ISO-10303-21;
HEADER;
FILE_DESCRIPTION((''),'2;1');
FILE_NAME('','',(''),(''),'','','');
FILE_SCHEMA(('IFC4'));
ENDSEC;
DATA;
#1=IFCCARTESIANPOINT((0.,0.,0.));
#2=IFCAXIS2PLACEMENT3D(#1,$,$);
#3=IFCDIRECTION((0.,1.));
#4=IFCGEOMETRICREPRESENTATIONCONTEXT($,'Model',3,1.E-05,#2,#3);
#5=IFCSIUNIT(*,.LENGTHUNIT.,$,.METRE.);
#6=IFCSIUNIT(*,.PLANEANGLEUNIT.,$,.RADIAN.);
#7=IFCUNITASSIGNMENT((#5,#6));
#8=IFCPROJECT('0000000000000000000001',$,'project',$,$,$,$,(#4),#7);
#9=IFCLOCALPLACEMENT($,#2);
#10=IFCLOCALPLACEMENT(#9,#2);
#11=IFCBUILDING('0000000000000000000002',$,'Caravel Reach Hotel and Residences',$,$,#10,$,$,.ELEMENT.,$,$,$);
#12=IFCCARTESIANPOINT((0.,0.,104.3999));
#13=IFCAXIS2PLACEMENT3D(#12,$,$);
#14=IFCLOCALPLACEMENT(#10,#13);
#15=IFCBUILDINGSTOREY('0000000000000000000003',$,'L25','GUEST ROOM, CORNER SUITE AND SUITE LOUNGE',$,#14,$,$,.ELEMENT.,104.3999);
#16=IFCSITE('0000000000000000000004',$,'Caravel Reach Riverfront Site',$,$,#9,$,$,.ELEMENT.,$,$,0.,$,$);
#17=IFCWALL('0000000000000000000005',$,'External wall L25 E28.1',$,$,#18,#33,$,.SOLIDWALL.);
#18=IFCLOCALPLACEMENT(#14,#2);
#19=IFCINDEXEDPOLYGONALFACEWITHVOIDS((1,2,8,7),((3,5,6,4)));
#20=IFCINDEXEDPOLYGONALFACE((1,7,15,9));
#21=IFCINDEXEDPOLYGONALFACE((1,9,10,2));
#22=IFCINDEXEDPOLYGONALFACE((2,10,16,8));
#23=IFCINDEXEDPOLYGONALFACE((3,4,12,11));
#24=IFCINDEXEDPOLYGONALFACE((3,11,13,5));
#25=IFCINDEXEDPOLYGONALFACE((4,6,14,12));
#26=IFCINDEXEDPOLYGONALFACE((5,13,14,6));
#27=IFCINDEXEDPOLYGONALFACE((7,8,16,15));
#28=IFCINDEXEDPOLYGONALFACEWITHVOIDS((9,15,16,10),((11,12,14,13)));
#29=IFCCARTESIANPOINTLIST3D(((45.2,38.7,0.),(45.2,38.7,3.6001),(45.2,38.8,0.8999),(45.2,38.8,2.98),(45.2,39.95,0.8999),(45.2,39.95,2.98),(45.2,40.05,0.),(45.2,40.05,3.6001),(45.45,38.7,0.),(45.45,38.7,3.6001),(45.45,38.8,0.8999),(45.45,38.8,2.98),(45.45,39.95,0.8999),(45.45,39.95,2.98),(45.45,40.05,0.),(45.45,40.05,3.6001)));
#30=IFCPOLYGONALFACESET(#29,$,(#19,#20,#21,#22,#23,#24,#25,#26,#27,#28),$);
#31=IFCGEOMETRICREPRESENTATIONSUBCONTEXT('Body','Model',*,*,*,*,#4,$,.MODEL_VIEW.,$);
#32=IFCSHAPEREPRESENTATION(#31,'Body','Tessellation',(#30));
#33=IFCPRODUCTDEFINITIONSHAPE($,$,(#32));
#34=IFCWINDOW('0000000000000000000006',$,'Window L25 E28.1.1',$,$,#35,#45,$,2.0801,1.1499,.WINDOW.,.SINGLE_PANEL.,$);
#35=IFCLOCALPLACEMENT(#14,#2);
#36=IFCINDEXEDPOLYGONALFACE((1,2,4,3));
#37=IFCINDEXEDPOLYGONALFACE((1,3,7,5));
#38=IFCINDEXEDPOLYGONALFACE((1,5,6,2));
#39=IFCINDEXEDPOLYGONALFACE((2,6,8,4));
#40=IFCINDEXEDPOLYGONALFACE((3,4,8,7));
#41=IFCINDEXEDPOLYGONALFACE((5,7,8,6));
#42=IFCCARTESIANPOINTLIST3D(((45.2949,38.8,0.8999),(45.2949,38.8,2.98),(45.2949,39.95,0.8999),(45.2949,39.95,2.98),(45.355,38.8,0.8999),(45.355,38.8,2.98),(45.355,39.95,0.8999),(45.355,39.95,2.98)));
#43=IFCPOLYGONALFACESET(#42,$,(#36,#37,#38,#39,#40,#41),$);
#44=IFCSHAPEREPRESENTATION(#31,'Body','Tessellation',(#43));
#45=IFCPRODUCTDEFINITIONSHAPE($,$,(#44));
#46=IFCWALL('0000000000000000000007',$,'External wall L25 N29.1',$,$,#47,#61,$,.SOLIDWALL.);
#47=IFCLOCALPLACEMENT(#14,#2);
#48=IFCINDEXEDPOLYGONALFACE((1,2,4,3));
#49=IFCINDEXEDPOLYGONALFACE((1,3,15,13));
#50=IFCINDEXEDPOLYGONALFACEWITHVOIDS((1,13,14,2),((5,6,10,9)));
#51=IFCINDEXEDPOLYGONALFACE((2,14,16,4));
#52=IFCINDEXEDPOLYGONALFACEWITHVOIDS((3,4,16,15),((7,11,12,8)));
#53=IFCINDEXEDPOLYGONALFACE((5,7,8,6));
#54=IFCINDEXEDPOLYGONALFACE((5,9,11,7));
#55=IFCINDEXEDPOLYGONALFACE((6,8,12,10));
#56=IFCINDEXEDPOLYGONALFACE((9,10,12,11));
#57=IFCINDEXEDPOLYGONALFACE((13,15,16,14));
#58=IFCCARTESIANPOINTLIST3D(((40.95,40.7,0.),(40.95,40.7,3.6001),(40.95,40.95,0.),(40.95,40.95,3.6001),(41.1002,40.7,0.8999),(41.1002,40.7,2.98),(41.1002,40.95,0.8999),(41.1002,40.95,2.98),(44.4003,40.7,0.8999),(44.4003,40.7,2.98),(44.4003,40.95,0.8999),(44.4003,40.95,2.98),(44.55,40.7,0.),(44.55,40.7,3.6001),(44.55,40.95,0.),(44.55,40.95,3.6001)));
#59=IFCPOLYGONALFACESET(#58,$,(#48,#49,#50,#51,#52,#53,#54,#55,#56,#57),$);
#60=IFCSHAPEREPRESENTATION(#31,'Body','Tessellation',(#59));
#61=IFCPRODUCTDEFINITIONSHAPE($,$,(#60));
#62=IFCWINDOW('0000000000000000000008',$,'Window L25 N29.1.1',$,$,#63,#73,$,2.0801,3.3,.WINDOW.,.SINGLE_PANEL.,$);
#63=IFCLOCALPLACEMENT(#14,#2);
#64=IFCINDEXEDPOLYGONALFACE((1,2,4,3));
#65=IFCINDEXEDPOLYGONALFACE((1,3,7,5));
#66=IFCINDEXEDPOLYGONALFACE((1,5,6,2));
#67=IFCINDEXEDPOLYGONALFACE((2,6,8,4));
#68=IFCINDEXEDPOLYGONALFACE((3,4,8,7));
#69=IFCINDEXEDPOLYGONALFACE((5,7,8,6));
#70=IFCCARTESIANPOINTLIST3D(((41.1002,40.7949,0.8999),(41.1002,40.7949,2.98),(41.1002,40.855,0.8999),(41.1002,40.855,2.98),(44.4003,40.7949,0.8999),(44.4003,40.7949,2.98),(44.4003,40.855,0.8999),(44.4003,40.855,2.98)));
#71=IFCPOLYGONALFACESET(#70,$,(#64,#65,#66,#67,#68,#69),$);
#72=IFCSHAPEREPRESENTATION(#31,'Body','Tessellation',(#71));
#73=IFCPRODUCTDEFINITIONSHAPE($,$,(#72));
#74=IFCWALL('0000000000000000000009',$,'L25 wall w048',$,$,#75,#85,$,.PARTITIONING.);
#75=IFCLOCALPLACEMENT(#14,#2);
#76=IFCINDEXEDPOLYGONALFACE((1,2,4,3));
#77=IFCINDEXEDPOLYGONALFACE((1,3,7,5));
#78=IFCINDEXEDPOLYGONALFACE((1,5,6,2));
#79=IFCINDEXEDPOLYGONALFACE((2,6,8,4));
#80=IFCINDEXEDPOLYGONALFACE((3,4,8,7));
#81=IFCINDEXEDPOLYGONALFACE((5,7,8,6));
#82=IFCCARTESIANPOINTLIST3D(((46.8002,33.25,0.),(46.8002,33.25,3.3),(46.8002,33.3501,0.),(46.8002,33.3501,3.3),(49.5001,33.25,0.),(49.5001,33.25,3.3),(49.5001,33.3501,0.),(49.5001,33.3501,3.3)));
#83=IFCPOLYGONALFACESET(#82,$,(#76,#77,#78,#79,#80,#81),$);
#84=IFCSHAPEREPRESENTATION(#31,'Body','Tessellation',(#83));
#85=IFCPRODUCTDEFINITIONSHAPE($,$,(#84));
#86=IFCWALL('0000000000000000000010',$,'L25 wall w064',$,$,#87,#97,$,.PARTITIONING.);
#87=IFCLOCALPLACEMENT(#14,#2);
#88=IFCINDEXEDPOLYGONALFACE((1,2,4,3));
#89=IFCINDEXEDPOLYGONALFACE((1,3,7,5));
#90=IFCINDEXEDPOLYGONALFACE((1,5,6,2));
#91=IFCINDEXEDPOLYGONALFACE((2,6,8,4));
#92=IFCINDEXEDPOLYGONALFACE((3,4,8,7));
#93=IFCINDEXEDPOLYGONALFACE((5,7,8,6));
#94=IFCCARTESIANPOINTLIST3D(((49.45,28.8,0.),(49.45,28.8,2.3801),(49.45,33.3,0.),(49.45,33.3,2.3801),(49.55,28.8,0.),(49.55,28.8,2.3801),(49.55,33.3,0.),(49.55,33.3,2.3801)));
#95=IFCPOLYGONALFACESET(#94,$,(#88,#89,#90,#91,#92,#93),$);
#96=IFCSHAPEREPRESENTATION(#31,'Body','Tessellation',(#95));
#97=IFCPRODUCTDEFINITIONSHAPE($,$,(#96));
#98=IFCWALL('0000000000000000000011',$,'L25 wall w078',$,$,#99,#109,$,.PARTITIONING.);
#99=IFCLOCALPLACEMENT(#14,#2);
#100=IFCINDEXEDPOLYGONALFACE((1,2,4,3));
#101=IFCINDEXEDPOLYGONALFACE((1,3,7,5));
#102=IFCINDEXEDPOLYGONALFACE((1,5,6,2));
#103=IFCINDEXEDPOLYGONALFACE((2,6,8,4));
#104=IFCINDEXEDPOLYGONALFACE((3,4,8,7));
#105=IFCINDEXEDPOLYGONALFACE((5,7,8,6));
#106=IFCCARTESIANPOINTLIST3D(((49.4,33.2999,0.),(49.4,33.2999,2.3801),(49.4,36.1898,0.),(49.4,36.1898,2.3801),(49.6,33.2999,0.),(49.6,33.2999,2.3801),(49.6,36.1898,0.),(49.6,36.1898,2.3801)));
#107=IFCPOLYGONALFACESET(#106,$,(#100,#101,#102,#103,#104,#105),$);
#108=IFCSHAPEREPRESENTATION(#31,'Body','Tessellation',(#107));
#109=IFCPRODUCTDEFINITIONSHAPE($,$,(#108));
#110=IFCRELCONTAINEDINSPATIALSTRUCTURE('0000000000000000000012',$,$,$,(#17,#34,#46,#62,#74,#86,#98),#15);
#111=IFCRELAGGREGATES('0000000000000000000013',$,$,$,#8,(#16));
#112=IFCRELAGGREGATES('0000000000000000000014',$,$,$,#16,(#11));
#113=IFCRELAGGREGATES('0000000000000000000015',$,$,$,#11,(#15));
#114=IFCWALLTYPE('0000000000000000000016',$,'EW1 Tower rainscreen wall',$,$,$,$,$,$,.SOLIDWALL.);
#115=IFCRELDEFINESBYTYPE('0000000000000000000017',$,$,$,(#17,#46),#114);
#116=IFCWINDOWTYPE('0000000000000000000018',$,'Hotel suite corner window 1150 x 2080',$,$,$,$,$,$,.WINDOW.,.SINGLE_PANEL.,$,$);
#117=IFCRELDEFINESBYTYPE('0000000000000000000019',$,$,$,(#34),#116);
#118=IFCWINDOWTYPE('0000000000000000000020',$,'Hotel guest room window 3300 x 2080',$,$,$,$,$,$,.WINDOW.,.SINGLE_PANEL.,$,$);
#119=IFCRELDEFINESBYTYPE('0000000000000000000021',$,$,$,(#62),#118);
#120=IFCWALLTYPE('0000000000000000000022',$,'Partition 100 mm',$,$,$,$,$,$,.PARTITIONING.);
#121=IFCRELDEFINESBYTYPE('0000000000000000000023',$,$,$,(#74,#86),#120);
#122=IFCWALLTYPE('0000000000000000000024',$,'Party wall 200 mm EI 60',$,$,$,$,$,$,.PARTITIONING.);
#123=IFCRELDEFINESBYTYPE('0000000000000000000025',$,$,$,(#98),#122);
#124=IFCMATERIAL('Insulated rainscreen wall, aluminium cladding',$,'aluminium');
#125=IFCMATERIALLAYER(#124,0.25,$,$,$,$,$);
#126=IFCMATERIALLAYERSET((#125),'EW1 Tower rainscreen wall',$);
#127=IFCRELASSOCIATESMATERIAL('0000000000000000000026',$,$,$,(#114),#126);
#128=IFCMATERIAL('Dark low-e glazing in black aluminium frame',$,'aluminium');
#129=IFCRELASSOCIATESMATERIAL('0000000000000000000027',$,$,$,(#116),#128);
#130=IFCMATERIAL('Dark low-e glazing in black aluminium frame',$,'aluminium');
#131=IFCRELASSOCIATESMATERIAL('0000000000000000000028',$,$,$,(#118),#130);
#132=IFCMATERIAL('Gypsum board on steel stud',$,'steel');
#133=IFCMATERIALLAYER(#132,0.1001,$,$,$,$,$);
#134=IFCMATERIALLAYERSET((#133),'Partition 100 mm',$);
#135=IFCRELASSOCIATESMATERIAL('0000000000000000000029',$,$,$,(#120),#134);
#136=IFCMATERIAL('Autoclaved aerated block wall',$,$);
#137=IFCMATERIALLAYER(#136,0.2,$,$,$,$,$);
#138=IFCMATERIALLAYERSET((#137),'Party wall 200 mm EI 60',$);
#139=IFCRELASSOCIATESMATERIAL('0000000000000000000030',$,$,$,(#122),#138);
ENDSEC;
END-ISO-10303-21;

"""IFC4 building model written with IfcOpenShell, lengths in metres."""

from ifc_helpers import new_model, si_unit, direction, frame, frame_2d, origin, place, context, subcontext, project, spatial, rectangle, extrude, material, layer, layer_set, type_object, element, fill, save


model = new_model("IFC4")

# Units and contexts
model_context = context("Model", 3, precision=1e-05, world=origin(), true_north=direction((0.0, 1.0)))
body_context = subcontext(model_context, "Body", "Model", "MODEL_VIEW")
ifc_project = project(units=[si_unit("LENGTHUNIT", "METRE"), si_unit("PLANEANGLEUNIT", "RADIAN")], contexts=[model_context])

# Site, building, storey
site_placement = place(None, origin())
site = spatial("IfcSite", under=ifc_project, at=site_placement, Name="Caravel Reach Riverfront Site", CompositionType="ELEMENT", RefElevation=0.0)
building_placement = place(site_placement, origin())
building = spatial("IfcBuilding", under=site, at=building_placement, Name="Caravel Reach Hotel and Residences", CompositionType="ELEMENT")
storey_placement = place(building_placement, frame((0.0, 0.0, 104.3999)))
storey = spatial("IfcBuildingStorey", under=building, at=storey_placement, Name="L25", Description="GUEST ROOM, CORNER SUITE AND SUITE LOUNGE", CompositionType="ELEMENT", Elevation=104.3999)

# Walls, openings, windows
ifc_material_1 = material(Name="Insulated rainscreen wall, aluminium cladding", Category="aluminium")
ifc_layer_1 = layer(ifc_material_1, 0.25)
ifc_layer_set_1 = layer_set([ifc_layer_1], Name="EW1 Tower rainscreen wall")
wall_type_1 = type_object("IfcWallType", Name="EW1 Tower rainscreen wall", PredefinedType="SOLIDWALL", material=ifc_layer_set_1)
ifc_material_2 = material(Name="Dark low-e glazing in black aluminium frame", Category="aluminium")
window_type_1 = type_object("IfcWindowType", Name="Hotel suite corner window 1150 x 2080", PartitioningType="SINGLE_PANEL", PredefinedType="WINDOW", material=ifc_material_2)
wall_1_placement = place(storey_placement, frame((45.325, 38.7, 0.0), z_axis=(0.0, 0.0, 1.0), x_axis=(0.0, 1.0, 0.0)))
wall_1 = element("IfcWall", 1, at=wall_1_placement, inside=storey, type_object=wall_type_1, Name="External wall L25 E28.1", PredefinedType="SOLIDWALL", context=body_context, shape_type="SweptSolid", body=[
    extrude(rectangle(XDim=1.3501, YDim=0.25, at=frame_2d((0.675, 0.0))), origin(), (0.0, 0.0, 1.0), 3.6001),
])
opening_1_placement = place(wall_1_placement, frame((0.1001, 0.0, 0.8999)))
opening_1 = element("IfcOpeningElement", 2, at=opening_1_placement, cuts=wall_1, PredefinedType="OPENING", context=body_context, shape_type="SweptSolid", body=[
    extrude(rectangle(XDim=1.1499, YDim=2.0801, at=frame_2d((0.575, 1.04))), frame((0.0, 0.135, 0.0), z_axis=(0.0, -1.0, 0.0), x_axis=(1.0, 0.0, 0.0)), (0.0, 0.0, 1.0), 0.27),
])
window_1_placement = place(opening_1_placement, origin())
window_1 = element("IfcWindow", 3, at=window_1_placement, inside=storey, type_object=window_type_1, Name="Window L25 E28.1.1", OverallHeight=2.0801, OverallWidth=1.1499, PartitioningType="SINGLE_PANEL", PredefinedType="WINDOW", context=body_context, shape_type="SweptSolid", body=[
    extrude(rectangle(XDim=1.1499, YDim=2.0801, at=frame_2d((0.575, 1.04))), frame((0.0, 0.03, 0.0), z_axis=(0.0, -1.0, 0.0), x_axis=(1.0, 0.0, 0.0)), (0.0, 0.0, 1.0), 0.0601),
])
fill(opening_1, window_1)
wall_2_placement = place(storey_placement, frame((44.55, 40.825, 0.0), z_axis=(0.0, 0.0, 1.0), x_axis=(-1.0, 0.0, 0.0)))
wall_2 = element("IfcWall", 4, at=wall_2_placement, inside=storey, type_object=wall_type_1, Name="External wall L25 N29.1", PredefinedType="SOLIDWALL", context=body_context, shape_type="SweptSolid", body=[
    extrude(rectangle(XDim=3.6001, YDim=0.25, at=frame_2d((1.8, 0.0))), origin(), (0.0, 0.0, 1.0), 3.6001),
])
opening_2_placement = place(wall_2_placement, frame((0.1499, 0.0, 0.8999)))
opening_2 = element("IfcOpeningElement", 5, at=opening_2_placement, cuts=wall_2, PredefinedType="OPENING", context=body_context, shape_type="SweptSolid", body=[
    extrude(rectangle(XDim=3.3, YDim=2.0801, at=frame_2d((1.6499, 1.04))), frame((0.0, 0.135, 0.0), z_axis=(0.0, -1.0, 0.0), x_axis=(1.0, 0.0, 0.0)), (0.0, 0.0, 1.0), 0.27),
])
ifc_material_3 = material(Name="Dark low-e glazing in black aluminium frame", Category="aluminium")
window_type_2 = type_object("IfcWindowType", Name="Hotel guest room window 3300 x 2080", PartitioningType="SINGLE_PANEL", PredefinedType="WINDOW", material=ifc_material_3)
window_2_placement = place(opening_2_placement, origin())
window_2 = element("IfcWindow", 6, at=window_2_placement, inside=storey, type_object=window_type_2, Name="Window L25 N29.1.1", OverallHeight=2.0801, OverallWidth=3.3, PartitioningType="SINGLE_PANEL", PredefinedType="WINDOW", context=body_context, shape_type="SweptSolid", body=[
    extrude(rectangle(XDim=3.3, YDim=2.0801, at=frame_2d((1.6499, 1.04))), frame((0.0, 0.03, 0.0), z_axis=(0.0, -1.0, 0.0), x_axis=(1.0, 0.0, 0.0)), (0.0, 0.0, 1.0), 0.0601),
])
fill(opening_2, window_2)

# Walls
ifc_material_4 = material(Name="Gypsum board on steel stud", Category="steel")
ifc_layer_2 = layer(ifc_material_4, 0.1001)
ifc_layer_set_2 = layer_set([ifc_layer_2], Name="Partition 100 mm")
wall_type_2 = type_object("IfcWallType", Name="Partition 100 mm", PredefinedType="PARTITIONING", material=ifc_layer_set_2)
wall_3_placement = place(storey_placement, frame((46.8, 33.3, 0.0), z_axis=(0.0, 0.0, 1.0), x_axis=(1.0, 0.0, 0.0)))
element("IfcWall", 7, at=wall_3_placement, inside=storey, type_object=wall_type_2, Name="L25 wall w048", PredefinedType="PARTITIONING", context=body_context, shape_type="SweptSolid", body=[
    extrude(rectangle(XDim=2.7, YDim=0.1001, at=frame_2d((1.3501, 0.0))), origin(), (0.0, 0.0, 1.0), 3.3),
])
wall_4_placement = place(storey_placement, frame((49.5, 28.8, 0.0), z_axis=(0.0, 0.0, 1.0), x_axis=(0.0, 1.0, 0.0)))
element("IfcWall", 8, at=wall_4_placement, inside=storey, type_object=wall_type_2, Name="L25 wall w064", PredefinedType="PARTITIONING", context=body_context, shape_type="SweptSolid", body=[
    extrude(rectangle(XDim=4.5, YDim=0.1001, at=frame_2d((2.25, 0.0))), origin(), (0.0, 0.0, 1.0), 2.3801),
])
ifc_material_5 = material(Name="Autoclaved aerated block wall")
ifc_layer_3 = layer(ifc_material_5, 0.2)
ifc_layer_set_3 = layer_set([ifc_layer_3], Name="Party wall 200 mm EI 60")
wall_type_3 = type_object("IfcWallType", Name="Party wall 200 mm EI 60", PredefinedType="PARTITIONING", material=ifc_layer_set_3)
wall_5_placement = place(storey_placement, frame((49.5, 33.3, 0.0), z_axis=(0.0, 0.0, 1.0), x_axis=(0.0, 1.0, 0.0)))
element("IfcWall", 9, at=wall_5_placement, inside=storey, type_object=wall_type_3, Name="L25 wall w078", PredefinedType="PARTITIONING", context=body_context, shape_type="SweptSolid", body=[
    extrude(rectangle(XDim=2.8899, YDim=0.2, at=frame_2d((1.4448, 0.0))), origin(), (0.0, 0.0, 1.0), 2.3801),
])

save(model, "model.ifc")
